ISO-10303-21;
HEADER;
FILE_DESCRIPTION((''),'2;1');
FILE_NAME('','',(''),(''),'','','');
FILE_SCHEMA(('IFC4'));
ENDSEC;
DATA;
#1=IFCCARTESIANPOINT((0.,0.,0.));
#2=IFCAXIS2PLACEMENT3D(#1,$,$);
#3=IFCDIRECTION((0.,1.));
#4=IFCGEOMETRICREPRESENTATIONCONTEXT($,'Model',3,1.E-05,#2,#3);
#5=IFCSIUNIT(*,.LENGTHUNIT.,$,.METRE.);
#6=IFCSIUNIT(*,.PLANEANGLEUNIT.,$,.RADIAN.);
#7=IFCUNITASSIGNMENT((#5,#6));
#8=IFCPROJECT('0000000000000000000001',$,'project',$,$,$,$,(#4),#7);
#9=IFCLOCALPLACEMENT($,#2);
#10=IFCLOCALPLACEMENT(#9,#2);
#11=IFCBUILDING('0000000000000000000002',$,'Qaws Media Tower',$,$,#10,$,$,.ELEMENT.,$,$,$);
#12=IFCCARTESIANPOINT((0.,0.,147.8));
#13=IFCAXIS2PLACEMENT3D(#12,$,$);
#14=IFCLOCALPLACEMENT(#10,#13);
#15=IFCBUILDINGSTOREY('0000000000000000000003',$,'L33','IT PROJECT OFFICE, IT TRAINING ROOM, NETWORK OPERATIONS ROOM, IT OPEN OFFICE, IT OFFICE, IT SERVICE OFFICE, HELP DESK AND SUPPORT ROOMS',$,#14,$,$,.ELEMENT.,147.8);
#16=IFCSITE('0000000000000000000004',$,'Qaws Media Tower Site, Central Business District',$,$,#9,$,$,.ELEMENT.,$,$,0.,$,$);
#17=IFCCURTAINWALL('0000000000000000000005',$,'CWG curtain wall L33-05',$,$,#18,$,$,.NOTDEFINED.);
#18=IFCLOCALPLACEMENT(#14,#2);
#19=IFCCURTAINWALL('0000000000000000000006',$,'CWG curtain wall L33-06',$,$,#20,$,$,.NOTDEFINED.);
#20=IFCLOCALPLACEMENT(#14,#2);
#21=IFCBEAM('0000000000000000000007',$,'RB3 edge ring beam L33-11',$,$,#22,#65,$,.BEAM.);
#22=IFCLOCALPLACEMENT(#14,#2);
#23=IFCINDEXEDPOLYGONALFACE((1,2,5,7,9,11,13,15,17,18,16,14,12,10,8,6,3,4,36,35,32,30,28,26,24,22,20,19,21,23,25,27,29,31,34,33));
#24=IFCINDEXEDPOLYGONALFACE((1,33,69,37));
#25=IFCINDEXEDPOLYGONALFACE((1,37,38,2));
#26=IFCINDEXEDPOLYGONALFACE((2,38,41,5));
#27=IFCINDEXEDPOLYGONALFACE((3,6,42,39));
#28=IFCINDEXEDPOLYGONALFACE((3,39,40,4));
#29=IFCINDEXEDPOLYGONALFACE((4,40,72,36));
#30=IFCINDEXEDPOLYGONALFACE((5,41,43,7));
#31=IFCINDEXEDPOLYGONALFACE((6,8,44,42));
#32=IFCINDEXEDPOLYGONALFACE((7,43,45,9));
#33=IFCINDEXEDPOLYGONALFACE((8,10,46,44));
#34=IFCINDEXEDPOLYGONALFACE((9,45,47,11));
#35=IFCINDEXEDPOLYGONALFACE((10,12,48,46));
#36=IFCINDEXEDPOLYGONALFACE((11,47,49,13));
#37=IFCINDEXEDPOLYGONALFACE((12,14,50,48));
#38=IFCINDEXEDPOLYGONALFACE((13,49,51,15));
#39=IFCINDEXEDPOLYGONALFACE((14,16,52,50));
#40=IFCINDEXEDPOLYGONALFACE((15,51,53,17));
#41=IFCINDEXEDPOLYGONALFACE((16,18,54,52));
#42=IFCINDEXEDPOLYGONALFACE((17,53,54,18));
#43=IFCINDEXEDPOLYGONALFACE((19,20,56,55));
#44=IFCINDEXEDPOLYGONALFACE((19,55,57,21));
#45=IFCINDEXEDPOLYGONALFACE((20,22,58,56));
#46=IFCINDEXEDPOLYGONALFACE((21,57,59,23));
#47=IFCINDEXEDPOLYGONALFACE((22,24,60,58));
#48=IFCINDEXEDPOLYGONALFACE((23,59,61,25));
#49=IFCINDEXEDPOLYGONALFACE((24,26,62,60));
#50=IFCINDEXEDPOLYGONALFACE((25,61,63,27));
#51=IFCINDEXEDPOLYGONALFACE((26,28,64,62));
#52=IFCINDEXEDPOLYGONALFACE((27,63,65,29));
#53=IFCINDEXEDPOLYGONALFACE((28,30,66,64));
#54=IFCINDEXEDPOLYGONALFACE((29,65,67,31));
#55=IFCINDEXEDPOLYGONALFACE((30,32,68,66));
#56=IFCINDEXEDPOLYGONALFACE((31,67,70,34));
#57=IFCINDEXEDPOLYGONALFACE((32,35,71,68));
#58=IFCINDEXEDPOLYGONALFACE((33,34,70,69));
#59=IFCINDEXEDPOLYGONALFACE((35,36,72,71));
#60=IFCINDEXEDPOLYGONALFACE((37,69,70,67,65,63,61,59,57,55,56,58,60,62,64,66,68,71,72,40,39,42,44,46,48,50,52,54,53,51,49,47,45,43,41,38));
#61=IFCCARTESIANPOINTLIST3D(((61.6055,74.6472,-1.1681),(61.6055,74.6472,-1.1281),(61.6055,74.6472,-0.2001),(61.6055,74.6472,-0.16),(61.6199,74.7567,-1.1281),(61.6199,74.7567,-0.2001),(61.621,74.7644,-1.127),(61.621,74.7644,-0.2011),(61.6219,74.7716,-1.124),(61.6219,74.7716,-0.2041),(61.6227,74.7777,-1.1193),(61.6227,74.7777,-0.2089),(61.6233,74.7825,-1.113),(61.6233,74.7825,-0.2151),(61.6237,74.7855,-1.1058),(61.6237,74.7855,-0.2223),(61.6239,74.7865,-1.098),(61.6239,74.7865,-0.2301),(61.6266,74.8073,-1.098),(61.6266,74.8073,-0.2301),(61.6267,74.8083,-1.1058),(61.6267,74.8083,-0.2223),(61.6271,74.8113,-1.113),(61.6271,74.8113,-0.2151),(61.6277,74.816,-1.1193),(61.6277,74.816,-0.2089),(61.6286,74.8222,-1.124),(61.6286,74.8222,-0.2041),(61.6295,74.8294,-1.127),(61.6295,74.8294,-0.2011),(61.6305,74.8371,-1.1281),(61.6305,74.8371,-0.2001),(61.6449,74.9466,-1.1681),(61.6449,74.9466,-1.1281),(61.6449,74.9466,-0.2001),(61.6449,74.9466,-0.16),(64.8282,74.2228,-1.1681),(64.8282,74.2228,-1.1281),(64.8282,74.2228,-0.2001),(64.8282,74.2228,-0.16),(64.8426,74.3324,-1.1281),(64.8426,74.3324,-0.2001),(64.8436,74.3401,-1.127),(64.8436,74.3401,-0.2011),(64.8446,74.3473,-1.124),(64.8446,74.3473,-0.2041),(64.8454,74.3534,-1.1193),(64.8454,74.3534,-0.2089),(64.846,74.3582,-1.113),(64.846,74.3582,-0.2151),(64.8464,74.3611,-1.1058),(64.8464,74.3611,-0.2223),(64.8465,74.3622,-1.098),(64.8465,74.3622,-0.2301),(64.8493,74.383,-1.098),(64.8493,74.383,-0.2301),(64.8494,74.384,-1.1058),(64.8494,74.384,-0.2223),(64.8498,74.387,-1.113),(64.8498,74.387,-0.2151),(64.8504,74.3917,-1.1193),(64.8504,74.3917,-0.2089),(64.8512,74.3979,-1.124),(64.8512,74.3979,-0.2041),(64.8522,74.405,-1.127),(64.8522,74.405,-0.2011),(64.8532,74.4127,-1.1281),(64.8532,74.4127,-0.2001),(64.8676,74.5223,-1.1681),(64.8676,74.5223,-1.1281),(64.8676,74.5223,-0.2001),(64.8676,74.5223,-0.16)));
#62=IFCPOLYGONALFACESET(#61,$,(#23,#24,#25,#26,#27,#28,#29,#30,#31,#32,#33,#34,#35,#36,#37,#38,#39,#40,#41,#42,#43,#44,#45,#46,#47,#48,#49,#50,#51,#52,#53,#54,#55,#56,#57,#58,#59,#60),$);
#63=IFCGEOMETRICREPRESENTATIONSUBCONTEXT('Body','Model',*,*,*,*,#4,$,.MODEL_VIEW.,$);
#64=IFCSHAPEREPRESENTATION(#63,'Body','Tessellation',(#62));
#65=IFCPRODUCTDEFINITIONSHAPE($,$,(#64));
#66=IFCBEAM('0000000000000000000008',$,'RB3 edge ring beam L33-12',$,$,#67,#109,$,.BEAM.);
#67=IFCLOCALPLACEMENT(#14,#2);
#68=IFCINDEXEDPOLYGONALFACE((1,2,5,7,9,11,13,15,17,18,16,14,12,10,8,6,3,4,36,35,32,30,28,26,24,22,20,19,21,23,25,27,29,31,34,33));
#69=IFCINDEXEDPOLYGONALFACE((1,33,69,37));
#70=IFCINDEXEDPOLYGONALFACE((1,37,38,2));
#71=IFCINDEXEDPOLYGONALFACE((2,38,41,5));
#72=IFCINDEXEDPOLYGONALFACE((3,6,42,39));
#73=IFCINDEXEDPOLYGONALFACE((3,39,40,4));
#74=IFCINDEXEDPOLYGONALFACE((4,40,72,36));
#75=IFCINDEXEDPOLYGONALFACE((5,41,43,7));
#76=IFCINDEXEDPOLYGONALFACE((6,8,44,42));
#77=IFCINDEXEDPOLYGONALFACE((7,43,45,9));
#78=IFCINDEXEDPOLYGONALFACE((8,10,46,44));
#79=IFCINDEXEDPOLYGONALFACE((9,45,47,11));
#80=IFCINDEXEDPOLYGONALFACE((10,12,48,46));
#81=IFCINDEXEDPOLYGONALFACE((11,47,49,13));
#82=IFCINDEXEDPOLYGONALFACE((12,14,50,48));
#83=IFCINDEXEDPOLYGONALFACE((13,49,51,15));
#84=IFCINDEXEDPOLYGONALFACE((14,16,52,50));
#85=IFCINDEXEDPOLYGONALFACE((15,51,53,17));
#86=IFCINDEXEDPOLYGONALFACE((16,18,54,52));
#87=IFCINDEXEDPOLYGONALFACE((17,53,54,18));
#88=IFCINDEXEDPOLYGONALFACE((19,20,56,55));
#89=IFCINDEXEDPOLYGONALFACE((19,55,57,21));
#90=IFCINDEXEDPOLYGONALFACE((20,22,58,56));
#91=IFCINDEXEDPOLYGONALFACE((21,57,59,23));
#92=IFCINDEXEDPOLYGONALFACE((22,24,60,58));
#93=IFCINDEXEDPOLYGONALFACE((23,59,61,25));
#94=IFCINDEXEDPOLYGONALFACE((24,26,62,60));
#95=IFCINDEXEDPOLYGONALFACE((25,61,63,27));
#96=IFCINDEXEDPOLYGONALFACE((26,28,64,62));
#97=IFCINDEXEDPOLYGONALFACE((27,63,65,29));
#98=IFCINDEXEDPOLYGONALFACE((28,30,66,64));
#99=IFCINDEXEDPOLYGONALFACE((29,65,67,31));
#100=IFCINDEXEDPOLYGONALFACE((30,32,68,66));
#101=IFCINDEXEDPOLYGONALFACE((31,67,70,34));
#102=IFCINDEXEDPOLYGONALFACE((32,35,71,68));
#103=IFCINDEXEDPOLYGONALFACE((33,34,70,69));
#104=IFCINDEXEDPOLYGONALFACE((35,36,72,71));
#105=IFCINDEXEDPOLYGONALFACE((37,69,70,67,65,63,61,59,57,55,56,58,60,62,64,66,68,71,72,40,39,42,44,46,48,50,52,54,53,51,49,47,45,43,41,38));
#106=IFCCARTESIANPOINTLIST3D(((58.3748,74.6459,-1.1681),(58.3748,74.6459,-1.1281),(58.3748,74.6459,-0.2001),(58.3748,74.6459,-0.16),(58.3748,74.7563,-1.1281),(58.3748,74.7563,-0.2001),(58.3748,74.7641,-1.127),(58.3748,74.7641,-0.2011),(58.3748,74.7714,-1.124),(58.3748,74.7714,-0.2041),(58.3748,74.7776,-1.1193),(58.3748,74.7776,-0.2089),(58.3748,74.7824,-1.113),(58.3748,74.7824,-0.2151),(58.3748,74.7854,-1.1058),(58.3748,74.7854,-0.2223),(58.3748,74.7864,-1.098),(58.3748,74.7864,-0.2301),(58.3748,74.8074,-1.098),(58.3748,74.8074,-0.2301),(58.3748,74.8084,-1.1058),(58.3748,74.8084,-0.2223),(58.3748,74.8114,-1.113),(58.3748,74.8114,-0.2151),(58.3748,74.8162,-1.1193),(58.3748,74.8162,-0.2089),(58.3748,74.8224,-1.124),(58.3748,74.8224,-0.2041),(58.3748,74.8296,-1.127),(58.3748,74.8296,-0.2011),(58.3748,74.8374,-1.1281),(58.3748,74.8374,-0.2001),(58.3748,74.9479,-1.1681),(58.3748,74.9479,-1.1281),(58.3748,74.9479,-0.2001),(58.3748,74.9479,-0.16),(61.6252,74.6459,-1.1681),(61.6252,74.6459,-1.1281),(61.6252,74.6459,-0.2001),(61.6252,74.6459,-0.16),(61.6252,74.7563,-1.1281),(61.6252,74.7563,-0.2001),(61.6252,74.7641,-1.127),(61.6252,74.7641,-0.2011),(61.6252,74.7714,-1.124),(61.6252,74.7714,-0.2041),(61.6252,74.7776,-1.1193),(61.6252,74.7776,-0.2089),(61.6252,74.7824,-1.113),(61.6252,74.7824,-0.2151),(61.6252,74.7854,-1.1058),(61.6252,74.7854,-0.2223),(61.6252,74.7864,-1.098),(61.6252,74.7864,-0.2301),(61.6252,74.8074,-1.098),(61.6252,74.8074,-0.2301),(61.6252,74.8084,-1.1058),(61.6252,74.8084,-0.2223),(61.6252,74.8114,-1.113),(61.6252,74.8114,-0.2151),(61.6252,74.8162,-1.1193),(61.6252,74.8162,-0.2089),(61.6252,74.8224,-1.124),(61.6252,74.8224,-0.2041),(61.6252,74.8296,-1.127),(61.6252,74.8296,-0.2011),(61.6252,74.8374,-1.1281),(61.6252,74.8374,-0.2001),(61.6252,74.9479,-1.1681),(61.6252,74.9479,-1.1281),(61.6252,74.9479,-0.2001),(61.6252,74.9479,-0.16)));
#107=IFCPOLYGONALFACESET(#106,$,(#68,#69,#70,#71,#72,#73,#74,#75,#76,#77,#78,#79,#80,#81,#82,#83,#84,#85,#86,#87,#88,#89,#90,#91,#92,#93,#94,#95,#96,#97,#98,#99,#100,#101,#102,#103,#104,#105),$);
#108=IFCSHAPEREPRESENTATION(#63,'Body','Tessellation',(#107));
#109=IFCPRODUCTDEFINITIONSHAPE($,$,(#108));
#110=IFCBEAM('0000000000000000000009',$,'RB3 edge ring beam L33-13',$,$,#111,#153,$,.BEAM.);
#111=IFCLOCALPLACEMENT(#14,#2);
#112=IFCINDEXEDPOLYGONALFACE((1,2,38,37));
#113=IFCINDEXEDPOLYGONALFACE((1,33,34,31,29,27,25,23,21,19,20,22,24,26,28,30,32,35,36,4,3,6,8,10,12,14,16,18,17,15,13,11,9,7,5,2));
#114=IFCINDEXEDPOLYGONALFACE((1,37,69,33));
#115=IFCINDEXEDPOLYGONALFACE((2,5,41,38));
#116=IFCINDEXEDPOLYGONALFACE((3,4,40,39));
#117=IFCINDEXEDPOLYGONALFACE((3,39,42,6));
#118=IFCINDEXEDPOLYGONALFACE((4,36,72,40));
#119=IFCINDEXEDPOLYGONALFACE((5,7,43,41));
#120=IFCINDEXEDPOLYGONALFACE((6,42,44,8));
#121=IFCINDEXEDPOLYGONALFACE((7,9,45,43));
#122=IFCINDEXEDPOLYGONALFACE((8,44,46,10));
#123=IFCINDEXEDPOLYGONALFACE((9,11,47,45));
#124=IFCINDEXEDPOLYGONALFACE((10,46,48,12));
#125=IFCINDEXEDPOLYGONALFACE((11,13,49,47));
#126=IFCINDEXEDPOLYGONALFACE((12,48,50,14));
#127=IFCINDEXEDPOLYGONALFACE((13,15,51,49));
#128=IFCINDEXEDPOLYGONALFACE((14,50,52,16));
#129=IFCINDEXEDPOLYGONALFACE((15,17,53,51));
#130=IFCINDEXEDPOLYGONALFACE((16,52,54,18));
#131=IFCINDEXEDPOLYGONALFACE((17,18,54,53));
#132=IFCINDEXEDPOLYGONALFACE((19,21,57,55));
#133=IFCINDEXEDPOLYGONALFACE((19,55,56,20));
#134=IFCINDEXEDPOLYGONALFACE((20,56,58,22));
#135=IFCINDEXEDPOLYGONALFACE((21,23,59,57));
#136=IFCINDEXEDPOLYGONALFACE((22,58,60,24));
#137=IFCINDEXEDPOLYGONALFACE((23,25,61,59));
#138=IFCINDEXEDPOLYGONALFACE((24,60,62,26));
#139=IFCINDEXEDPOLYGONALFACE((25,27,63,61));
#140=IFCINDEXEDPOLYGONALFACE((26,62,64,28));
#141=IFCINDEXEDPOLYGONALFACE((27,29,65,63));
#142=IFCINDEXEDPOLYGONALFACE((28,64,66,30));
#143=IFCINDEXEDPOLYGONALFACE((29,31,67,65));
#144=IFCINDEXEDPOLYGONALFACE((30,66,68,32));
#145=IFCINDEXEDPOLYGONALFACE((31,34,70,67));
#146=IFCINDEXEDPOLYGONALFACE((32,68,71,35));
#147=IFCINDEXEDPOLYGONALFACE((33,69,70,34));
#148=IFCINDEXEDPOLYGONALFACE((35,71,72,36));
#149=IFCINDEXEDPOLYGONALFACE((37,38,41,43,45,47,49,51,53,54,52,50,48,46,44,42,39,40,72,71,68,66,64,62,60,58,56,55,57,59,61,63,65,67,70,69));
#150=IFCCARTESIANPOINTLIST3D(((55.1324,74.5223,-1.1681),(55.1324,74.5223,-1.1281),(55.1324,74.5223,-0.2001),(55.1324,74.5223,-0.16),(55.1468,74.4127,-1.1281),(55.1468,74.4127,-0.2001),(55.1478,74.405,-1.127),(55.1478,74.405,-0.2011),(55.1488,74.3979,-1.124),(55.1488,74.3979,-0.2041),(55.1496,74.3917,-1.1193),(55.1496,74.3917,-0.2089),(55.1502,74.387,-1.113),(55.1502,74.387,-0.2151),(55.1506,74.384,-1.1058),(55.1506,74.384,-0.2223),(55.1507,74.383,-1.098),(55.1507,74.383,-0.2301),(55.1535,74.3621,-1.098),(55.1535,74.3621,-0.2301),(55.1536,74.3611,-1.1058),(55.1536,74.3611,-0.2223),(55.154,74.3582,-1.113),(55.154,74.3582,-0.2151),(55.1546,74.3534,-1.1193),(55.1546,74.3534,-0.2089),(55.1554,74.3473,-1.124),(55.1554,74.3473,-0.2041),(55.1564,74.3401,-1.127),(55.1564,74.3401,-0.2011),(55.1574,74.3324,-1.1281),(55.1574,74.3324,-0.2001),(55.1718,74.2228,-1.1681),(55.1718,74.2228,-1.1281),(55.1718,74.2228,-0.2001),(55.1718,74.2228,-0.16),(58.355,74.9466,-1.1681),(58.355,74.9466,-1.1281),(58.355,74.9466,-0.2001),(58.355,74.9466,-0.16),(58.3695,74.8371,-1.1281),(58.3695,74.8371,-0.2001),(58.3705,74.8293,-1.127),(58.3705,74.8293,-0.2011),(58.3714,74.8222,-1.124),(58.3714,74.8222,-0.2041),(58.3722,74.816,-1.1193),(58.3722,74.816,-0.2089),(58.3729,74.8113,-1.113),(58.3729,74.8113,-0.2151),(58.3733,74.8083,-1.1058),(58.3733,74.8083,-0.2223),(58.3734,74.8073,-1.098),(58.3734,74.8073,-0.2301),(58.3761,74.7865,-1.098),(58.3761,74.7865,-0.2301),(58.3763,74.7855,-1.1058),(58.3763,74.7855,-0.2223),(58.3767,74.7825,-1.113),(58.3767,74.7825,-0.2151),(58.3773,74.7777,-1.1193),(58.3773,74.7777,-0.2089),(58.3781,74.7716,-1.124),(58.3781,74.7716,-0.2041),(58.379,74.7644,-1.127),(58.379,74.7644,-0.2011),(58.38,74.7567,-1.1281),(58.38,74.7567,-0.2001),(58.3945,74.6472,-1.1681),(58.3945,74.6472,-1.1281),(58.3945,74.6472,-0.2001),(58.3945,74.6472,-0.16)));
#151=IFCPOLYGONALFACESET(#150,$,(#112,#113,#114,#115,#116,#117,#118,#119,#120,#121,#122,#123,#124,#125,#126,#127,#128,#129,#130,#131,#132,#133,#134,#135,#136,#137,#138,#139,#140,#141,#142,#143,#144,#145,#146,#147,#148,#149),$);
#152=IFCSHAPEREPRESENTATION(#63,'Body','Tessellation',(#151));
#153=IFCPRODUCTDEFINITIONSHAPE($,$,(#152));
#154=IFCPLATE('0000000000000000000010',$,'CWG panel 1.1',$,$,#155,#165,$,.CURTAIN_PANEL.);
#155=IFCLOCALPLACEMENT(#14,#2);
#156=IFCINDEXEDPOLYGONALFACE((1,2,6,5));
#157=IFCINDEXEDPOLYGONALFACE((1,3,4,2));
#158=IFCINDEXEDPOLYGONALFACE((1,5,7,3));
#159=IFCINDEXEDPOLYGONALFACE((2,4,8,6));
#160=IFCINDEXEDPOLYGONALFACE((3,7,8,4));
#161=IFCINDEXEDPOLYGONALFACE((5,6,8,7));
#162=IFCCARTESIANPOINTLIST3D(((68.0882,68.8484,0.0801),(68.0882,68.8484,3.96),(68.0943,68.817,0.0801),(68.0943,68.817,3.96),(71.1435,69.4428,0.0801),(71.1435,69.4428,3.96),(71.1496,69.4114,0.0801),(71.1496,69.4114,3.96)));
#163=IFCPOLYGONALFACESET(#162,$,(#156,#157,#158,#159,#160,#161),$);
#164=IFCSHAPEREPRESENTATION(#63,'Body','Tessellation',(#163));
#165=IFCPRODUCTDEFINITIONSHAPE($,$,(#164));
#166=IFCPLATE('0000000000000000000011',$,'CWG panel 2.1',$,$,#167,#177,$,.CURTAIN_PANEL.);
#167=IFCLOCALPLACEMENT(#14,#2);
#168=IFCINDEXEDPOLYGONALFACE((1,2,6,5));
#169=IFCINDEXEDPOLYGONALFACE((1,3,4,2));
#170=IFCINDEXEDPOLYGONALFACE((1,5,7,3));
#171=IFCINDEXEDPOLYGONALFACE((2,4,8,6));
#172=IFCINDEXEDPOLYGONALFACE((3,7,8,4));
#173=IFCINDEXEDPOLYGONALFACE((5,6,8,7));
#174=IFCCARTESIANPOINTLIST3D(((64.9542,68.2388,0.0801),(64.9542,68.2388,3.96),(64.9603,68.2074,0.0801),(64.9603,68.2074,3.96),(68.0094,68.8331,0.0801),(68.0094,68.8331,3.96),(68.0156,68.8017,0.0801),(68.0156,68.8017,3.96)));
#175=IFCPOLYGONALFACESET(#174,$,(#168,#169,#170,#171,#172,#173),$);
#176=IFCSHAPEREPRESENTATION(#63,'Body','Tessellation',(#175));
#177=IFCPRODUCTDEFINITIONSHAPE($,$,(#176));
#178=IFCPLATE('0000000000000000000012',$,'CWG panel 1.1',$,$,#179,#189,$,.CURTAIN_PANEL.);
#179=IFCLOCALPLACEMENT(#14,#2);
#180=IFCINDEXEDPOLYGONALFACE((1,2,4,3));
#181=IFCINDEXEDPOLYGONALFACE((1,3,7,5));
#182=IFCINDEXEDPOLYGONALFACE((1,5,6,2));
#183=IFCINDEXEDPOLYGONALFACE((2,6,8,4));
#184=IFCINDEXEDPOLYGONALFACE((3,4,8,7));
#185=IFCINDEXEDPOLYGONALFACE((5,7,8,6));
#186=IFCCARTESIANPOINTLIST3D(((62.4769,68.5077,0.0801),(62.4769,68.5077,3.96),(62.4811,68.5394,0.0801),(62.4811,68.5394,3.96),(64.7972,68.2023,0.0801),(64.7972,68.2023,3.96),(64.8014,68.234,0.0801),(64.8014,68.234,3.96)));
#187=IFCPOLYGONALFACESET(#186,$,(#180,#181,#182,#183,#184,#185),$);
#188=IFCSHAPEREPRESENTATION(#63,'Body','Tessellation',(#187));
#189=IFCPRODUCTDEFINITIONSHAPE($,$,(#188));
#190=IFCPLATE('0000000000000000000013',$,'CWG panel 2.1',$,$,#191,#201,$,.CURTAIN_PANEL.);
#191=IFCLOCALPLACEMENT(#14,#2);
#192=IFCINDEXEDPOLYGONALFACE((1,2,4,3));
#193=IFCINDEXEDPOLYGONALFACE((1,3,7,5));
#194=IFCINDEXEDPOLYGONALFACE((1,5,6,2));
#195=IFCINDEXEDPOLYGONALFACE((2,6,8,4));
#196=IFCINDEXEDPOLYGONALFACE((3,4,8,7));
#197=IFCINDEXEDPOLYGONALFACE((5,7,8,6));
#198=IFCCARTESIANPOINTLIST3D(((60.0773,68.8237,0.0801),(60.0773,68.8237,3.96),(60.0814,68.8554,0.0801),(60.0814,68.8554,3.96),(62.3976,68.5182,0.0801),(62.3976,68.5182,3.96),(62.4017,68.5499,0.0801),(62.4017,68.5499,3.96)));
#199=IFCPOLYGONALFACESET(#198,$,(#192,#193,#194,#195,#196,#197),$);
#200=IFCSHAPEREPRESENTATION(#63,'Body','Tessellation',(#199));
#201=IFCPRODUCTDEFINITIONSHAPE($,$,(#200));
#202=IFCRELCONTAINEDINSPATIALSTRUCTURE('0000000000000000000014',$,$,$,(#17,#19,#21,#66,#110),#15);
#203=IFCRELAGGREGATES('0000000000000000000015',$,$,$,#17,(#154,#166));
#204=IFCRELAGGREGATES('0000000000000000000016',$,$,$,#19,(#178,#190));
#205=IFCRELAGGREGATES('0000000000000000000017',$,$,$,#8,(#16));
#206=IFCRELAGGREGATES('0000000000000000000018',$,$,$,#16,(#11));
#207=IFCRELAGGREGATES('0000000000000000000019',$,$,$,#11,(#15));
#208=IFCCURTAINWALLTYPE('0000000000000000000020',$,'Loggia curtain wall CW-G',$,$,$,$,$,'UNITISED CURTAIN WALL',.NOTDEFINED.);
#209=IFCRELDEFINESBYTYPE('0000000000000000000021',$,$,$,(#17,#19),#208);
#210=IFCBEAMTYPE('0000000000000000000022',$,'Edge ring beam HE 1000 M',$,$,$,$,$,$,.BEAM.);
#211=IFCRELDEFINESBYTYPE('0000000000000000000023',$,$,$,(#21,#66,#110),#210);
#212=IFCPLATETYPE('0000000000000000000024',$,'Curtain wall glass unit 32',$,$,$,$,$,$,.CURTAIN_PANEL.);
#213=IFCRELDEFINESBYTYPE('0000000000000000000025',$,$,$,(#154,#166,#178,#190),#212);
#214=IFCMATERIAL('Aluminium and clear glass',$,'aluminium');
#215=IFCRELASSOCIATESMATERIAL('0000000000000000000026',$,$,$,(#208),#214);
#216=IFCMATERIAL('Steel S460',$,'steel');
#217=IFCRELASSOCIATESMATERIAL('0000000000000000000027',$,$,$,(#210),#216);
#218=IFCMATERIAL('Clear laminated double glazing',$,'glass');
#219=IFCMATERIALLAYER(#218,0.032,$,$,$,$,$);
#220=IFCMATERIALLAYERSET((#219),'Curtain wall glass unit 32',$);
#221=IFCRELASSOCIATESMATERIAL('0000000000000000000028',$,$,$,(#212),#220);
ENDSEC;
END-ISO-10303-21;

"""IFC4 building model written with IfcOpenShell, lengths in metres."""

from ifc_helpers import new_model, si_unit, direction, frame, origin, origin_2d, place, context, subcontext, project, spatial, rectangle, i_section, extrude, material, layer, layer_set, material_profile, profile_set, type_object, element, aggregate, save


model = new_model("IFC4")

# Units and contexts
model_context = context("Model", 3, precision=1e-05, world=origin(), true_north=direction((0.0, 1.0)))
body_context = subcontext(model_context, "Body", "Model", "MODEL_VIEW")
ifc_project = project(units=[si_unit("LENGTHUNIT", "METRE"), si_unit("PLANEANGLEUNIT", "RADIAN")], contexts=[model_context])

# Site, building, storey
site_placement = place(None, origin())
site = spatial("IfcSite", under=ifc_project, at=site_placement, Name="Qaws Media Tower Site, Central Business District", CompositionType="ELEMENT", RefElevation=0.0)
building_placement = place(site_placement, origin())
building = spatial("IfcBuilding", under=site, at=building_placement, Name="Qaws Media Tower", CompositionType="ELEMENT")
storey_placement = place(building_placement, frame((0.0, 0.0, 147.8)))
storey = spatial("IfcBuildingStorey", under=building, at=storey_placement, Name="L33", Description="IT PROJECT OFFICE, IT TRAINING ROOM, NETWORK OPERATIONS ROOM, IT OPEN OFFICE, IT OFFICE, IT SERVICE OFFICE, HELP DESK AND SUPPORT ROOMS", CompositionType="ELEMENT", Elevation=147.8)

# Curtain walls
ifc_material_1 = material(Name="Aluminium and clear glass", Category="aluminium")
curtain_wall_type_1 = type_object("IfcCurtainWallType", Name="Loggia curtain wall CW-G", ElementType="UNITISED CURTAIN WALL", PredefinedType="NOTDEFINED", material=ifc_material_1)
curtain_wall_1_placement = place(storey_placement, origin())
curtain_wall_1 = element("IfcCurtainWall", 1, at=curtain_wall_1_placement, inside=storey, type_object=curtain_wall_type_1, Name="CWG curtain wall L33-05", PredefinedType="NOTDEFINED")
curtain_wall_2_placement = place(storey_placement, origin())
curtain_wall_2 = element("IfcCurtainWall", 2, at=curtain_wall_2_placement, inside=storey, type_object=curtain_wall_type_1, Name="CWG curtain wall L33-06", PredefinedType="NOTDEFINED")

# Beams
ifc_material_2 = material(Name="Steel S460", Category="steel")
ifc_material_profile_1 = material_profile(ifc_material_2, i_section(OverallWidth=0.302, OverallDepth=1.0081, WebThickness=0.021, FlangeThickness=0.04, FilletRadius=0.03, at=origin_2d()), Name="HE 1000 M")
ifc_profile_set_1 = profile_set([ifc_material_profile_1], Name="Steel S460")
beam_type = type_object("IfcBeamType", Name="Edge ring beam HE 1000 M", PredefinedType="BEAM", material=ifc_profile_set_1)
for number, where, z_axis, x_axis, name in (
    (3, (64.8479, 74.3726, -0.6641), (-0.991443, 0.13054, 0.0), (-0.13054, -0.991443, 0.0), "RB3 edge ring beam L33-11"),
    (4, (61.6252, 74.7969, -0.6641), (-1.0, 0.0, 0.0), (0.0, -1.0, 0.0), "RB3 edge ring beam L33-12"),
    (5, (58.3748, 74.7969, -0.6641), (-0.991443, -0.13054, 0.0), (0.13054, -0.991443, 0.0), "RB3 edge ring beam L33-13"),
):
    element("IfcBeam", number, at=place(storey_placement, frame(where, z_axis=z_axis, x_axis=x_axis)), inside=storey, type_object=beam_type, Name=name, PredefinedType="BEAM", context=body_context, shape_type="SweptSolid", body=[
        extrude(i_section(OverallWidth=0.302, OverallDepth=1.0081, WebThickness=0.021, FlangeThickness=0.04, FilletRadius=0.03, at=origin_2d()), origin(), (0.0, 0.0, 1.0), 3.2505),
    ])

# Plates
ifc_material_3 = material(Name="Clear laminated double glazing", Category="glass")
ifc_layer_1 = layer(ifc_material_3, 0.032)
ifc_layer_set_1 = layer_set([ifc_layer_1], Name="Curtain wall glass unit 32")
plate_type_1 = type_object("IfcPlateType", Name="Curtain wall glass unit 32", PredefinedType="CURTAIN_PANEL", material=ifc_layer_set_1)
plate_1_placement = place(storey_placement, frame((69.6189, 69.1299, 0.0801), z_axis=(0.0, 0.0, 1.0), x_axis=(-0.981599, -0.190955, 0.0)))
plate_1 = element("IfcPlate", 6, at=plate_1_placement, type_object=plate_type_1, Name="CWG panel 1.1", PredefinedType="CURTAIN_PANEL", context=body_context, shape_type="SweptSolid", body=[
    extrude(rectangle(XDim=3.1125, YDim=0.032, at=origin_2d()), origin(), (0.0, 0.0, 1.0), 3.8799),
])
plate_2_placement = place(storey_placement, frame((66.4849, 68.5203, 0.0801), z_axis=(0.0, 0.0, 1.0), x_axis=(-0.981599, -0.190955, 0.0)))
plate_2 = element("IfcPlate", 7, at=plate_2_placement, type_object=plate_type_1, Name="CWG panel 2.1", PredefinedType="CURTAIN_PANEL", context=body_context, shape_type="SweptSolid", body=[
    extrude(rectangle(XDim=3.1125, YDim=0.032, at=origin_2d()), origin(), (0.0, 0.0, 1.0), 3.8799),
])
aggregate(curtain_wall_1, [plate_1, plate_2])
plate_3_placement = place(storey_placement, frame((63.6392, 68.3708, 0.0801), z_axis=(0.0, 0.0, 1.0), x_axis=(-0.991445, 0.130526, 0.0)))
plate_3 = element("IfcPlate", 8, at=plate_3_placement, type_object=plate_type_1, Name="CWG panel 1.1", PredefinedType="CURTAIN_PANEL", context=body_context, shape_type="SweptSolid", body=[
    extrude(rectangle(XDim=2.3403, YDim=0.032, at=origin_2d()), origin(), (0.0, 0.0, 1.0), 3.8799),
])
plate_4_placement = place(storey_placement, frame((61.2395, 68.6868, 0.0801), z_axis=(0.0, 0.0, 1.0), x_axis=(-0.991445, 0.130526, 0.0)))
plate_4 = element("IfcPlate", 9, at=plate_4_placement, type_object=plate_type_1, Name="CWG panel 2.1", PredefinedType="CURTAIN_PANEL", context=body_context, shape_type="SweptSolid", body=[
    extrude(rectangle(XDim=2.3403, YDim=0.032, at=origin_2d()), origin(), (0.0, 0.0, 1.0), 3.8799),
])
aggregate(curtain_wall_2, [plate_3, plate_4])

save(model, "model.ifc")
